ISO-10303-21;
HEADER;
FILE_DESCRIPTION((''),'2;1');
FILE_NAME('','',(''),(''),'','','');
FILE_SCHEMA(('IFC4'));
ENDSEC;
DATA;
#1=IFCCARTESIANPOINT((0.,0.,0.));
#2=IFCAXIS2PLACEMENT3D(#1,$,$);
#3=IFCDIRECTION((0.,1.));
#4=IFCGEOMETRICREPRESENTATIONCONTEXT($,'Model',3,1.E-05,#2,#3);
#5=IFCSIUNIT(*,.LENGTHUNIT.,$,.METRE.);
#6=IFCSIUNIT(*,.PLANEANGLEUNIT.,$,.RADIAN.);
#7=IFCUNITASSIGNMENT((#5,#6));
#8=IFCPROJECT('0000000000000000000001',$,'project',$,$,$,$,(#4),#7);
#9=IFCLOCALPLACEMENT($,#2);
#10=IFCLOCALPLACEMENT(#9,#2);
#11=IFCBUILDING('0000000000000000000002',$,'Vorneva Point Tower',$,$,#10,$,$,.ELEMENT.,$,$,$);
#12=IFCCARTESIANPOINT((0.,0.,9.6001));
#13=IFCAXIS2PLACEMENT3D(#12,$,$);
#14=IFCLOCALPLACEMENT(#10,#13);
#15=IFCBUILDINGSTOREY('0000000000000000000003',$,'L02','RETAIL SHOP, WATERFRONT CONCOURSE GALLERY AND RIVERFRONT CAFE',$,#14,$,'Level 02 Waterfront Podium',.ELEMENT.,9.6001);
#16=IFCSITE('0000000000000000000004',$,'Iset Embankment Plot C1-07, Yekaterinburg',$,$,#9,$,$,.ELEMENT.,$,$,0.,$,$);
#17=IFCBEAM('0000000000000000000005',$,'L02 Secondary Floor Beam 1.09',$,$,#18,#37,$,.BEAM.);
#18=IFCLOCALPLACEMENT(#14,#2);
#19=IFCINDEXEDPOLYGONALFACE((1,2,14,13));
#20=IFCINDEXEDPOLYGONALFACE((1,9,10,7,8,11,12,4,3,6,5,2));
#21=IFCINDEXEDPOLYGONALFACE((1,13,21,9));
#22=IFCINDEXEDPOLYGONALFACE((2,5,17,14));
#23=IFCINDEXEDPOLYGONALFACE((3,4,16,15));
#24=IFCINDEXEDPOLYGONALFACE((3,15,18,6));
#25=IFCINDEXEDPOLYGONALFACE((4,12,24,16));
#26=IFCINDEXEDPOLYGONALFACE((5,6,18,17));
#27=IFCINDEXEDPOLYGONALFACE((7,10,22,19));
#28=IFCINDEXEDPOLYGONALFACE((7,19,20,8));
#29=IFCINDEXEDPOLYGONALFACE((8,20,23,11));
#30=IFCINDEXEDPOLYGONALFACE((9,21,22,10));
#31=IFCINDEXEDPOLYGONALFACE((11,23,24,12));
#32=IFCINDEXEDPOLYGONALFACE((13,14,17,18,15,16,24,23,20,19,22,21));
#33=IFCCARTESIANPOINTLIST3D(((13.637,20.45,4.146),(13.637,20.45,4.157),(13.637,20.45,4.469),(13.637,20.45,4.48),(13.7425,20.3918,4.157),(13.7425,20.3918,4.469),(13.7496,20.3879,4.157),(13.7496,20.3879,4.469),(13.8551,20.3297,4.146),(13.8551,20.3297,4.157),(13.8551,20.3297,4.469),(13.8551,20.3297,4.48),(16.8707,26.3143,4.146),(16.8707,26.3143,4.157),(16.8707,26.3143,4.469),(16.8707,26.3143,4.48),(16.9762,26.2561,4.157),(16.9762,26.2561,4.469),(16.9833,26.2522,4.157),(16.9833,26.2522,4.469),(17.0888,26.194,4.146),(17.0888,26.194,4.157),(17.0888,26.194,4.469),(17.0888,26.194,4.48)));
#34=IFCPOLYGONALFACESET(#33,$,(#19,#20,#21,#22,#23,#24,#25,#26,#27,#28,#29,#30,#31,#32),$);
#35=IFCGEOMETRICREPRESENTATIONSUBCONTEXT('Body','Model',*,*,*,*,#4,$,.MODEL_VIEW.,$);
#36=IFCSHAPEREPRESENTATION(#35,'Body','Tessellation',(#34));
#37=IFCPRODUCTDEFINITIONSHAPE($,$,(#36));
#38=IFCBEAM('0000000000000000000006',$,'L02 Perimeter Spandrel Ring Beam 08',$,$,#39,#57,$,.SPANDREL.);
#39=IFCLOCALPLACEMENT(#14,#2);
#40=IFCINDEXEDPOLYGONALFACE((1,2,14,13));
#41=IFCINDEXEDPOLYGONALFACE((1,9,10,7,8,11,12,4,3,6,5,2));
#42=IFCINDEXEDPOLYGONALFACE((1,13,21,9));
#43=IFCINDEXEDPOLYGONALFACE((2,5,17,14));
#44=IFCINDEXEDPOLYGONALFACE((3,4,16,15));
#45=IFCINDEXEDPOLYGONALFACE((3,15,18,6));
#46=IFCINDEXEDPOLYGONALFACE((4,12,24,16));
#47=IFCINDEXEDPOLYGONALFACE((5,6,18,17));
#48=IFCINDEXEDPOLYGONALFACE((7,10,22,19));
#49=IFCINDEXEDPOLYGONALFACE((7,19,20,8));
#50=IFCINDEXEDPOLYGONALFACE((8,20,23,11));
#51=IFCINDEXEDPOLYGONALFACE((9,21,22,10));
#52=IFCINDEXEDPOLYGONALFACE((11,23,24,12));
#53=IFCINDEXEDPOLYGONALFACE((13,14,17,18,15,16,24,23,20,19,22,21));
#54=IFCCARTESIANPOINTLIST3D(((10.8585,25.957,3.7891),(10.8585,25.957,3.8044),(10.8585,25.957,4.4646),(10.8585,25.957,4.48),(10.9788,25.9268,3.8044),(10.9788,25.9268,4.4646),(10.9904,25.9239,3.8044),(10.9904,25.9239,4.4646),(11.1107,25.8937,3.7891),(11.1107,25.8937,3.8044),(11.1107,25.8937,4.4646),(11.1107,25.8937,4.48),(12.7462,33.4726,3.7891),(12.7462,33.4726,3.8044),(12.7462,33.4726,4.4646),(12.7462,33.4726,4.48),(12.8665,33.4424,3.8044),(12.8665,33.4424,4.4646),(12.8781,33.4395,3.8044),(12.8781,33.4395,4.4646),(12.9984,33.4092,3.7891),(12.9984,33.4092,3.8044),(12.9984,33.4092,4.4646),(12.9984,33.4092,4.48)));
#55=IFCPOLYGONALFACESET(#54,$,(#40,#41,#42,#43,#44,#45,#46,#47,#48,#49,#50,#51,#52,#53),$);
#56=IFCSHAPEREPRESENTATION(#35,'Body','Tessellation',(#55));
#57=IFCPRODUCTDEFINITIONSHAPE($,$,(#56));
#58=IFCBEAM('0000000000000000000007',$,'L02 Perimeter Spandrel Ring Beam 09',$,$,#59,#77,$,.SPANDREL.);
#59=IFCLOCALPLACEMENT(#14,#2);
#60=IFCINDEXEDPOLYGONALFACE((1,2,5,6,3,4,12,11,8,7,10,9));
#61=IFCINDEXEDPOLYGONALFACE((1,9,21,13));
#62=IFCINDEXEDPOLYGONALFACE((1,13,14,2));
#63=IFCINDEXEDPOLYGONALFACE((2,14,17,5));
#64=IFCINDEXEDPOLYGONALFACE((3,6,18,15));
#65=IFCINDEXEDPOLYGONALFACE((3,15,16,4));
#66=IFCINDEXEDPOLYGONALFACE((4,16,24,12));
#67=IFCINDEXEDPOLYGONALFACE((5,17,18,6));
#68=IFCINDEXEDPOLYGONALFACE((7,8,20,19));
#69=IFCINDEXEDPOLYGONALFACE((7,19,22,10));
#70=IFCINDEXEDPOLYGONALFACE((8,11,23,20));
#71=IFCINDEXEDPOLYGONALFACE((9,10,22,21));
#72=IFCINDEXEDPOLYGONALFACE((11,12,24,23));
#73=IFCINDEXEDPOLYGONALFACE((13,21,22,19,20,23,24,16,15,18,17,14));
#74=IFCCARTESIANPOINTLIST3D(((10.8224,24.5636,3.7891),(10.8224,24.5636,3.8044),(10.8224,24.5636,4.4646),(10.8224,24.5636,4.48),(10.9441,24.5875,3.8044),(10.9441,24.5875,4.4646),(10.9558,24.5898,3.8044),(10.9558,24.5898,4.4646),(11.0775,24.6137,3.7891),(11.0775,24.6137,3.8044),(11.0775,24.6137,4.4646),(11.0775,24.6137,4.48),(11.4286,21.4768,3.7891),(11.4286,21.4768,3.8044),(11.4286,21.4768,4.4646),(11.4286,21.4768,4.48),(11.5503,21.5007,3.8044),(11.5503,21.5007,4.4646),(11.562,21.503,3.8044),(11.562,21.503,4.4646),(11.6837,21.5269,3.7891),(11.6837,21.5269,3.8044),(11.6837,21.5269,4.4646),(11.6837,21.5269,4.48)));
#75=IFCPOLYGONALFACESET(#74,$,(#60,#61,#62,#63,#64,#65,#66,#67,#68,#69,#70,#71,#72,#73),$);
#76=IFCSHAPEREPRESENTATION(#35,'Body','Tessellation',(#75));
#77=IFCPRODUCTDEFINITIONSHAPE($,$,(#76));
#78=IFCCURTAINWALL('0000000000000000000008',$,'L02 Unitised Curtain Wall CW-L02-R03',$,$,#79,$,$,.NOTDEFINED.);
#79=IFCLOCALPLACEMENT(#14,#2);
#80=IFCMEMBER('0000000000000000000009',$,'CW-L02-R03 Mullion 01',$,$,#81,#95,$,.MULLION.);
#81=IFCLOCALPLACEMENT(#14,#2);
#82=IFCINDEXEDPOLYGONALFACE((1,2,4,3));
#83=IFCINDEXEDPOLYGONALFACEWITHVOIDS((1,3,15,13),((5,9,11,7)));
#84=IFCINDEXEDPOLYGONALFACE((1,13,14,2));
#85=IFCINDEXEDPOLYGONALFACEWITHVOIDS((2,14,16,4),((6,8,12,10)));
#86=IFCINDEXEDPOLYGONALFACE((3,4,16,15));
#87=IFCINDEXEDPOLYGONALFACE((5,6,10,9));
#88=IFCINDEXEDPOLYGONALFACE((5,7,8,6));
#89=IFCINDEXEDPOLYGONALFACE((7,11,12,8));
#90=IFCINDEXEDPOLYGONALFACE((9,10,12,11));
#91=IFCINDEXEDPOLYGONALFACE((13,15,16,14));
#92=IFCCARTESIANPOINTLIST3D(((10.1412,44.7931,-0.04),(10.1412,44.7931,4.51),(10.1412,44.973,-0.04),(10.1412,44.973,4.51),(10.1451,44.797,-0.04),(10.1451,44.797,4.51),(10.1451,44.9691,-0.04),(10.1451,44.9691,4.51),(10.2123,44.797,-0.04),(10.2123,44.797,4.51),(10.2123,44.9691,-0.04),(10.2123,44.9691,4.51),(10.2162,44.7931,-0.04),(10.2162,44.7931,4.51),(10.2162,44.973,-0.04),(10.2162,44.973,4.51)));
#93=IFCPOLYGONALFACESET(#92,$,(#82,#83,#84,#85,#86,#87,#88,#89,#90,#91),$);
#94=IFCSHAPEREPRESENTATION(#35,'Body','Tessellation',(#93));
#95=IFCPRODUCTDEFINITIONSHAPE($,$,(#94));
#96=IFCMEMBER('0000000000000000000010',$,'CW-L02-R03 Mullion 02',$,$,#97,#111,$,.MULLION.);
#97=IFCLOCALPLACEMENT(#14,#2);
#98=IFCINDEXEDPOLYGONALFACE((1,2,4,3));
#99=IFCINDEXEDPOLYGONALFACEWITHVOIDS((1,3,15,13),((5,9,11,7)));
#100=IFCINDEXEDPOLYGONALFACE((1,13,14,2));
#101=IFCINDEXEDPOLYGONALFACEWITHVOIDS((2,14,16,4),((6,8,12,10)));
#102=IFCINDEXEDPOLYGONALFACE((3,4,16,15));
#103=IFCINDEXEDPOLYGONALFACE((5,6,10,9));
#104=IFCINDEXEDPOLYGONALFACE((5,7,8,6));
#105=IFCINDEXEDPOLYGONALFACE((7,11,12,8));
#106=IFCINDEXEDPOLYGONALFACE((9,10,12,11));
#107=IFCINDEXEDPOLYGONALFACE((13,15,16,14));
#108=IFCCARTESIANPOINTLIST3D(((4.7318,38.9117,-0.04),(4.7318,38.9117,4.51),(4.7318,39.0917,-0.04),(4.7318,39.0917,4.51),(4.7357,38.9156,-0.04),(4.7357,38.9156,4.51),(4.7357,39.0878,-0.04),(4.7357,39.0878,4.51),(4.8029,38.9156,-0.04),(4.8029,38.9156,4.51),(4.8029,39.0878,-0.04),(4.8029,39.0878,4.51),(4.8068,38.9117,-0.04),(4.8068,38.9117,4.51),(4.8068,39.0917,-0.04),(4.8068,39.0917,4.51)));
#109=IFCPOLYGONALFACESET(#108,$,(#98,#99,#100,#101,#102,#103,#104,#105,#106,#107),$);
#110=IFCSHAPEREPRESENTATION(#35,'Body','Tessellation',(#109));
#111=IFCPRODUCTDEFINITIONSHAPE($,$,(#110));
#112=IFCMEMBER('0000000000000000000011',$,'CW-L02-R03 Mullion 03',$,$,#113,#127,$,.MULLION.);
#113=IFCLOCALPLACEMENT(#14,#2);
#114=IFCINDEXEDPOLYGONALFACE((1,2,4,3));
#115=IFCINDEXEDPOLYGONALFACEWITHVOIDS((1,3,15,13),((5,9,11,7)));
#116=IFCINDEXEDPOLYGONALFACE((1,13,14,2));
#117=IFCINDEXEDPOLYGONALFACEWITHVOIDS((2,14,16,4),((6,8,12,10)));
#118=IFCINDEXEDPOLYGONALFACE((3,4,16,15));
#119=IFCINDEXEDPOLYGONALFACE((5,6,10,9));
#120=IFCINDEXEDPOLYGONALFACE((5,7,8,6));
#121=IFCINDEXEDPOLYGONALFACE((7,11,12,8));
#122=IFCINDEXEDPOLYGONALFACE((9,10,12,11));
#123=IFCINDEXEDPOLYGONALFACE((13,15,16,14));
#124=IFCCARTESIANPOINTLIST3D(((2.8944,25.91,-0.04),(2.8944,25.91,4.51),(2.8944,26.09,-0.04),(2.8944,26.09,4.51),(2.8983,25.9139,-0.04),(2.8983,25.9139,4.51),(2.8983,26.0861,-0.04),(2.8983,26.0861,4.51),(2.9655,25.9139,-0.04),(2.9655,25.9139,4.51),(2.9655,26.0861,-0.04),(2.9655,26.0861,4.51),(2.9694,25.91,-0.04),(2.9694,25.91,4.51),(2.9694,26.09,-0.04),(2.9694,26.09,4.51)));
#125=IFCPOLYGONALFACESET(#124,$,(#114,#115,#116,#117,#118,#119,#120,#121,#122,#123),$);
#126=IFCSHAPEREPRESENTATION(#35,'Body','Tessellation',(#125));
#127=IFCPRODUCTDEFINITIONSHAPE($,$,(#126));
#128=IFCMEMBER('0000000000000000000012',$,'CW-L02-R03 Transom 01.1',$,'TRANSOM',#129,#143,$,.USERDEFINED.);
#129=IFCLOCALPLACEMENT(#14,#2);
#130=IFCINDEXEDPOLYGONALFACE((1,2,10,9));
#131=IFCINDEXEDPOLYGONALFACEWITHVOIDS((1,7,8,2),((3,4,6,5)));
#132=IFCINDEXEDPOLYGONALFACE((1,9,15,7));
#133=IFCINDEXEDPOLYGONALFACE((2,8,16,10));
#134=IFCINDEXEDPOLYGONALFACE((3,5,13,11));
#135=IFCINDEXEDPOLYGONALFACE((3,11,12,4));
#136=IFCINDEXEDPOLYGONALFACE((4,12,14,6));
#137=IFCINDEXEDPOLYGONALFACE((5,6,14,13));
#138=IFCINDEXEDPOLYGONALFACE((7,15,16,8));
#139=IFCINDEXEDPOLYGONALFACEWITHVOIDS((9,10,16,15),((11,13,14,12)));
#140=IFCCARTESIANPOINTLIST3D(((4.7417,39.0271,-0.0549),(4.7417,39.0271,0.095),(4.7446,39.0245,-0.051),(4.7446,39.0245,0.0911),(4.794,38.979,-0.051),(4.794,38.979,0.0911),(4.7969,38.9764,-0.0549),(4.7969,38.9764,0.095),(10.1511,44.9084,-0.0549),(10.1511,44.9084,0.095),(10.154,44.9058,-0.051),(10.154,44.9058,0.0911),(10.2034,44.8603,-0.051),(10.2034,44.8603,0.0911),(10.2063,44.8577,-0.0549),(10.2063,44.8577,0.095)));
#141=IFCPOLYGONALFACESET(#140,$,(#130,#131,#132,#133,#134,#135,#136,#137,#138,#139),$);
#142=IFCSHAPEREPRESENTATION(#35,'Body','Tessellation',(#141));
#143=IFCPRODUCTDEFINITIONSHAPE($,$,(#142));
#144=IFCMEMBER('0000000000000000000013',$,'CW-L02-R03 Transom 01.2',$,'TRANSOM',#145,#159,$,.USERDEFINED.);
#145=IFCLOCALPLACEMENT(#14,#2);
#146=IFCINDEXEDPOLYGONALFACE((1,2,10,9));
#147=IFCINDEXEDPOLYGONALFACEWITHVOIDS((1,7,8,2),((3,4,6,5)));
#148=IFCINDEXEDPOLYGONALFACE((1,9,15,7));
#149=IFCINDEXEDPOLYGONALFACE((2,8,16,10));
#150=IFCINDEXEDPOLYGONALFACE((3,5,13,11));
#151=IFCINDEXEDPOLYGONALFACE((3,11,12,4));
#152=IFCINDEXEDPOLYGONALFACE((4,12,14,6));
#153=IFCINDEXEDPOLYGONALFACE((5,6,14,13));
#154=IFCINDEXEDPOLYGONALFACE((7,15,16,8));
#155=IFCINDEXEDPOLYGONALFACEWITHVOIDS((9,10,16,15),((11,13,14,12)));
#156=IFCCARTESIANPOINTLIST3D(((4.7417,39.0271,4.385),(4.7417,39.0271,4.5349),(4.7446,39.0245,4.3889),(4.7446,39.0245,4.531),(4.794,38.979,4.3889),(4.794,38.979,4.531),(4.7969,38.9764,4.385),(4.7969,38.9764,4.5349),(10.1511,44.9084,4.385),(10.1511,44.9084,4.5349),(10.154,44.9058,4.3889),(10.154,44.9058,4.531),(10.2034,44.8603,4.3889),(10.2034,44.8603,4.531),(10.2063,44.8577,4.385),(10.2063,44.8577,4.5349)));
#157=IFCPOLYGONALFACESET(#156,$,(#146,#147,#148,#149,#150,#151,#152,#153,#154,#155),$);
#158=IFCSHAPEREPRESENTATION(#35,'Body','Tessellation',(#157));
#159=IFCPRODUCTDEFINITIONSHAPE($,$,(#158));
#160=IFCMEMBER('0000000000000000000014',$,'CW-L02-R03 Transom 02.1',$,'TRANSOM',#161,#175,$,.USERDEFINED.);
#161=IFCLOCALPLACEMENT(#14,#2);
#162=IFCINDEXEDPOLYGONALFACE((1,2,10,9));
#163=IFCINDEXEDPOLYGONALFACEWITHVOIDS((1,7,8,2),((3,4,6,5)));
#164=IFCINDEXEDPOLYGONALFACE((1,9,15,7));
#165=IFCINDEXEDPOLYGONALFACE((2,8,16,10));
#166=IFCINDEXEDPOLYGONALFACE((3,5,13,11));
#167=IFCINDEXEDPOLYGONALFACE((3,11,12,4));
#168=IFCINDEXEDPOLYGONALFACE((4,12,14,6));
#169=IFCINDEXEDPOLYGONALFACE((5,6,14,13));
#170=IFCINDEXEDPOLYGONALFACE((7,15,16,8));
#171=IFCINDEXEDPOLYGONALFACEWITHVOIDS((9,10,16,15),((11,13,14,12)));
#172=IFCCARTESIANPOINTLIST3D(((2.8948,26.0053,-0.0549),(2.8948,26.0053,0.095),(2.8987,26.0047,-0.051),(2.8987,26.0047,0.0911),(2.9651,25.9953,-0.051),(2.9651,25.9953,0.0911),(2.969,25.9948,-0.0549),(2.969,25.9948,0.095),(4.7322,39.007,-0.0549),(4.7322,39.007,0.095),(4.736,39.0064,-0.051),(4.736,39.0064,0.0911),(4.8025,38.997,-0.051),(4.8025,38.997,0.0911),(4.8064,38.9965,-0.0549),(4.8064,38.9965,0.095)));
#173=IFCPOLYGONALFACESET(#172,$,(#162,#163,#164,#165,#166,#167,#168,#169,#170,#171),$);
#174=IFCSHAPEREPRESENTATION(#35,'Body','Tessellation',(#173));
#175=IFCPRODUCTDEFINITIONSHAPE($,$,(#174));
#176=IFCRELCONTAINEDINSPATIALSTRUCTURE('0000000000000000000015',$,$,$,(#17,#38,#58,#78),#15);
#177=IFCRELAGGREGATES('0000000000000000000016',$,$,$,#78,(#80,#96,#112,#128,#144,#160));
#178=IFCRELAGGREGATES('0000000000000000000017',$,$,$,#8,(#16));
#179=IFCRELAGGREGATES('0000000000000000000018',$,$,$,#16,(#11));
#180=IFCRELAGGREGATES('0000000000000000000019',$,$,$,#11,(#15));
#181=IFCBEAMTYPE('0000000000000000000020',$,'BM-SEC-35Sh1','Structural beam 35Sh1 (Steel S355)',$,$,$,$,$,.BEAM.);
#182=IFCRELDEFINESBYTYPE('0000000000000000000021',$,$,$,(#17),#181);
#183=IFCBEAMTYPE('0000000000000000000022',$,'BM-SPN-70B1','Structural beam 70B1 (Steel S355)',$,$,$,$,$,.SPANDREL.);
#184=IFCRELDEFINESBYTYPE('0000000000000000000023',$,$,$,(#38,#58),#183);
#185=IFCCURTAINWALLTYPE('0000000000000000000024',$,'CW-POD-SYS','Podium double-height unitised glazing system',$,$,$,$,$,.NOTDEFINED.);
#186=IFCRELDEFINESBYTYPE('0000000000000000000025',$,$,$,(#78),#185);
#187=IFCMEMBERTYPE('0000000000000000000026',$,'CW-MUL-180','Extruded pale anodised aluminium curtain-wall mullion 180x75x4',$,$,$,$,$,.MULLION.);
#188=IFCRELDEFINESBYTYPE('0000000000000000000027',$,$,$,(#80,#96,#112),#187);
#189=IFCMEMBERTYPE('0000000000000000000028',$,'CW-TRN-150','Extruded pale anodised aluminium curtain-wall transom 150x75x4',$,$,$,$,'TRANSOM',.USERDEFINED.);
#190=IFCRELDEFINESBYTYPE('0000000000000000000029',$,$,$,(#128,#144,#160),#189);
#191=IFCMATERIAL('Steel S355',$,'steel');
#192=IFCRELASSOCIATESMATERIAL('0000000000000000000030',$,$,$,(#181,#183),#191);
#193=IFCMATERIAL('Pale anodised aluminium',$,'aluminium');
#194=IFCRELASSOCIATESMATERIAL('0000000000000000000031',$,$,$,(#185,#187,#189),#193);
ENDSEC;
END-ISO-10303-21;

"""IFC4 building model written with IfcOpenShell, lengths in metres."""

from ifc_helpers import new_model, si_unit, direction, frame, origin, origin_2d, place, context, subcontext, project, spatial, hollow_rectangle, i_section, extrude, material, material_profile, profile_set, type_object, element, aggregate, save


model = new_model("IFC4")

# Units and contexts
model_context = context("Model", 3, precision=1e-05, world=origin(), true_north=direction((0.0, 1.0)))
body_context = subcontext(model_context, "Body", "Model", "MODEL_VIEW")
ifc_project = project(units=[si_unit("LENGTHUNIT", "METRE"), si_unit("PLANEANGLEUNIT", "RADIAN")], contexts=[model_context])

# Site, building, storey
site_placement = place(None, origin())
site = spatial("IfcSite", under=ifc_project, at=site_placement, Name="Iset Embankment Plot C1-07, Yekaterinburg", CompositionType="ELEMENT", RefElevation=0.0)
building_placement = place(site_placement, origin())
building = spatial("IfcBuilding", under=site, at=building_placement, Name="Vorneva Point Tower", CompositionType="ELEMENT")
storey_placement = place(building_placement, frame((0.0, 0.0, 9.6001)))
storey = spatial("IfcBuildingStorey", under=building, at=storey_placement, Name="L02", Description="RETAIL SHOP, WATERFRONT CONCOURSE GALLERY AND RIVERFRONT CAFE", LongName="Level 02 Waterfront Podium", CompositionType="ELEMENT", Elevation=9.6001)

# Beams
ifc_material_1 = material(Name="Steel S355", Category="steel")
ifc_material_profile_1 = material_profile(ifc_material_1, i_section(OverallWidth=0.249, OverallDepth=0.334, WebThickness=0.0081, FlangeThickness=0.011, at=origin_2d()), Name="35Sh1")
ifc_profile_set_1 = profile_set([ifc_material_profile_1], Name="Steel S355")
beam_type_1 = type_object("IfcBeamType", Name="BM-SEC-35Sh1", Description="Structural beam 35Sh1 (Steel S355)", PredefinedType="BEAM", material=ifc_profile_set_1)
beam_1_placement = place(storey_placement, frame((16.9797, 26.2542, 4.313), z_axis=(-0.48287, -0.875692, 0.0), x_axis=(0.875692, -0.48287, 0.0)))
element("IfcBeam", 1, at=beam_1_placement, inside=storey, type_object=beam_type_1, Name="L02 Secondary Floor Beam 1.09", PredefinedType="BEAM", context=body_context, shape_type="SweptSolid", body=[
    extrude(i_section(OverallWidth=0.249, OverallDepth=0.334, WebThickness=0.0081, FlangeThickness=0.011, at=origin_2d()), origin(), (0.0, 0.0, 1.0), 6.6968),
])
ifc_material_profile_2 = material_profile(ifc_material_1, i_section(OverallWidth=0.26, OverallDepth=0.6909, WebThickness=0.012, FlangeThickness=0.0154, at=origin_2d()), Name="70B1")
ifc_profile_set_2 = profile_set([ifc_material_profile_2], Name="Steel S355")
beam_type_2 = type_object("IfcBeamType", Name="BM-SPN-70B1", Description="Structural beam 70B1 (Steel S355)", PredefinedType="SPANDREL", material=ifc_profile_set_2)
beam_2_placement = place(storey_placement, frame((12.8723, 33.4409, 4.1345), z_axis=(-0.243603, -0.969875, 0.0), x_axis=(0.969875, -0.243603, 0.0)))
element("IfcBeam", 2, at=beam_2_placement, inside=storey, type_object=beam_type_2, Name="L02 Perimeter Spandrel Ring Beam 08", PredefinedType="SPANDREL", context=body_context, shape_type="SweptSolid", body=[
    extrude(i_section(OverallWidth=0.26, OverallDepth=0.6909, WebThickness=0.012, FlangeThickness=0.0154, at=origin_2d()), origin(), (0.0, 0.0, 1.0), 7.749),
])
beam_3_placement = place(storey_placement, frame((10.95, 24.5886, 4.1345), z_axis=(0.192697, -0.981258, 0.0), x_axis=(0.981258, 0.192697, 0.0)))
element("IfcBeam", 3, at=beam_3_placement, inside=storey, type_object=beam_type_2, Name="L02 Perimeter Spandrel Ring Beam 09", PredefinedType="SPANDREL", context=body_context, shape_type="SweptSolid", body=[
    extrude(i_section(OverallWidth=0.26, OverallDepth=0.6909, WebThickness=0.012, FlangeThickness=0.0154, at=origin_2d()), origin(), (0.0, 0.0, 1.0), 3.1458),
])

# Curtain wall, members
ifc_material_2 = material(Name="Pale anodised aluminium", Category="aluminium")
curtain_wall_type = type_object("IfcCurtainWallType", Name="CW-POD-SYS", Description="Podium double-height unitised glazing system", PredefinedType="NOTDEFINED", material=ifc_material_2)
curtain_wall_placement = place(storey_placement, origin())
curtain_wall = element("IfcCurtainWall", 4, at=curtain_wall_placement, inside=storey, type_object=curtain_wall_type, Name="L02 Unitised Curtain Wall CW-L02-R03", PredefinedType="NOTDEFINED")
ifc_material_profile_3 = material_profile(ifc_material_2, hollow_rectangle(XDim=0.075, YDim=0.1799, WallThickness=0.0039, at=origin_2d()), Name="AL-MUL 180x75x4")
ifc_profile_set_3 = profile_set([ifc_material_profile_3], Name="Pale anodised aluminium")
member_type_1 = type_object("IfcMemberType", Name="CW-MUL-180", Description="Extruded pale anodised aluminium curtain-wall mullion 180x75x4", PredefinedType="MULLION", material=ifc_profile_set_3)
member_1_placement = place(storey_placement, frame((10.1787, 44.8831, -0.04), z_axis=(0.0, 0.0, 1.0), x_axis=(1.0, 0.0, 0.0)))
member_1 = element("IfcMember", 5, at=member_1_placement, type_object=member_type_1, Name="CW-L02-R03 Mullion 01", PredefinedType="MULLION", context=body_context, shape_type="SweptSolid", body=[
    extrude(hollow_rectangle(XDim=0.075, YDim=0.1799, WallThickness=0.0039, at=origin_2d()), origin(), (0.0, 0.0, 1.0), 4.55),
])
member_2_placement = place(storey_placement, frame((4.7693, 39.0017, -0.04), z_axis=(0.0, 0.0, 1.0), x_axis=(1.0, 0.0, 0.0)))
member_2 = element("IfcMember", 6, at=member_2_placement, type_object=member_type_1, Name="CW-L02-R03 Mullion 02", PredefinedType="MULLION", context=body_context, shape_type="SweptSolid", body=[
    extrude(hollow_rectangle(XDim=0.075, YDim=0.1799, WallThickness=0.0039, at=origin_2d()), origin(), (0.0, 0.0, 1.0), 4.55),
])
member_3_placement = place(storey_placement, frame((2.9319, 26.0, -0.04), z_axis=(0.0, 0.0, 1.0), x_axis=(1.0, 0.0, 0.0)))
member_3 = element("IfcMember", 7, at=member_3_placement, type_object=member_type_1, Name="CW-L02-R03 Mullion 03", PredefinedType="MULLION", context=body_context, shape_type="SweptSolid", body=[
    extrude(hollow_rectangle(XDim=0.075, YDim=0.1799, WallThickness=0.0039, at=origin_2d()), origin(), (0.0, 0.0, 1.0), 4.55),
])
ifc_material_profile_4 = material_profile(ifc_material_2, hollow_rectangle(XDim=0.075, YDim=0.1499, WallThickness=0.0039, at=origin_2d()), Name="AL-TRN 150x75x4")
ifc_profile_set_4 = profile_set([ifc_material_profile_4], Name="Pale anodised aluminium")
member_type_2 = type_object("IfcMemberType", Name="CW-TRN-150", Description="Extruded pale anodised aluminium curtain-wall transom 150x75x4", ElementType="TRANSOM", PredefinedType="USERDEFINED", material=ifc_profile_set_4)
member_4_placement = place(storey_placement, frame((10.1787, 44.8831, 0.02), z_axis=(-0.676961, -0.736019, 0.0), x_axis=(0.736019, -0.676961, 0.0)))
member_4 = element("IfcMember", 8, at=member_4_placement, type_object=member_type_2, Name="CW-L02-R03 Transom 01.1", ObjectType="TRANSOM", PredefinedType="USERDEFINED", context=body_context, shape_type="SweptSolid", body=[
    extrude(hollow_rectangle(XDim=0.075, YDim=0.1499, WallThickness=0.0039, at=origin_2d()), origin(), (0.0, 0.0, 1.0), 7.9907),
])
member_5_placement = place(storey_placement, frame((10.1787, 44.8831, 4.46), z_axis=(-0.676961, -0.736019, 0.0), x_axis=(0.736019, -0.676961, 0.0)))
member_5 = element("IfcMember", 9, at=member_5_placement, type_object=member_type_2, Name="CW-L02-R03 Transom 01.2", ObjectType="TRANSOM", PredefinedType="USERDEFINED", context=body_context, shape_type="SweptSolid", body=[
    extrude(hollow_rectangle(XDim=0.075, YDim=0.1499, WallThickness=0.0039, at=origin_2d()), origin(), (0.0, 0.0, 1.0), 7.9907),
])
member_6_placement = place(storey_placement, frame((4.7693, 39.0017, 0.02), z_axis=(-0.13993, -0.990161, 0.0), x_axis=(0.990161, -0.13993, 0.0)))
member_6 = element("IfcMember", 10, at=member_6_placement, type_object=member_type_2, Name="CW-L02-R03 Transom 02.1", ObjectType="TRANSOM", PredefinedType="USERDEFINED", context=body_context, shape_type="SweptSolid", body=[
    extrude(hollow_rectangle(XDim=0.075, YDim=0.1499, WallThickness=0.0039, at=origin_2d()), origin(), (0.0, 0.0, 1.0), 13.1309),
])
aggregate(curtain_wall, [member_1, member_2, member_3, member_4, member_5, member_6])

save(model, "model.ifc")
